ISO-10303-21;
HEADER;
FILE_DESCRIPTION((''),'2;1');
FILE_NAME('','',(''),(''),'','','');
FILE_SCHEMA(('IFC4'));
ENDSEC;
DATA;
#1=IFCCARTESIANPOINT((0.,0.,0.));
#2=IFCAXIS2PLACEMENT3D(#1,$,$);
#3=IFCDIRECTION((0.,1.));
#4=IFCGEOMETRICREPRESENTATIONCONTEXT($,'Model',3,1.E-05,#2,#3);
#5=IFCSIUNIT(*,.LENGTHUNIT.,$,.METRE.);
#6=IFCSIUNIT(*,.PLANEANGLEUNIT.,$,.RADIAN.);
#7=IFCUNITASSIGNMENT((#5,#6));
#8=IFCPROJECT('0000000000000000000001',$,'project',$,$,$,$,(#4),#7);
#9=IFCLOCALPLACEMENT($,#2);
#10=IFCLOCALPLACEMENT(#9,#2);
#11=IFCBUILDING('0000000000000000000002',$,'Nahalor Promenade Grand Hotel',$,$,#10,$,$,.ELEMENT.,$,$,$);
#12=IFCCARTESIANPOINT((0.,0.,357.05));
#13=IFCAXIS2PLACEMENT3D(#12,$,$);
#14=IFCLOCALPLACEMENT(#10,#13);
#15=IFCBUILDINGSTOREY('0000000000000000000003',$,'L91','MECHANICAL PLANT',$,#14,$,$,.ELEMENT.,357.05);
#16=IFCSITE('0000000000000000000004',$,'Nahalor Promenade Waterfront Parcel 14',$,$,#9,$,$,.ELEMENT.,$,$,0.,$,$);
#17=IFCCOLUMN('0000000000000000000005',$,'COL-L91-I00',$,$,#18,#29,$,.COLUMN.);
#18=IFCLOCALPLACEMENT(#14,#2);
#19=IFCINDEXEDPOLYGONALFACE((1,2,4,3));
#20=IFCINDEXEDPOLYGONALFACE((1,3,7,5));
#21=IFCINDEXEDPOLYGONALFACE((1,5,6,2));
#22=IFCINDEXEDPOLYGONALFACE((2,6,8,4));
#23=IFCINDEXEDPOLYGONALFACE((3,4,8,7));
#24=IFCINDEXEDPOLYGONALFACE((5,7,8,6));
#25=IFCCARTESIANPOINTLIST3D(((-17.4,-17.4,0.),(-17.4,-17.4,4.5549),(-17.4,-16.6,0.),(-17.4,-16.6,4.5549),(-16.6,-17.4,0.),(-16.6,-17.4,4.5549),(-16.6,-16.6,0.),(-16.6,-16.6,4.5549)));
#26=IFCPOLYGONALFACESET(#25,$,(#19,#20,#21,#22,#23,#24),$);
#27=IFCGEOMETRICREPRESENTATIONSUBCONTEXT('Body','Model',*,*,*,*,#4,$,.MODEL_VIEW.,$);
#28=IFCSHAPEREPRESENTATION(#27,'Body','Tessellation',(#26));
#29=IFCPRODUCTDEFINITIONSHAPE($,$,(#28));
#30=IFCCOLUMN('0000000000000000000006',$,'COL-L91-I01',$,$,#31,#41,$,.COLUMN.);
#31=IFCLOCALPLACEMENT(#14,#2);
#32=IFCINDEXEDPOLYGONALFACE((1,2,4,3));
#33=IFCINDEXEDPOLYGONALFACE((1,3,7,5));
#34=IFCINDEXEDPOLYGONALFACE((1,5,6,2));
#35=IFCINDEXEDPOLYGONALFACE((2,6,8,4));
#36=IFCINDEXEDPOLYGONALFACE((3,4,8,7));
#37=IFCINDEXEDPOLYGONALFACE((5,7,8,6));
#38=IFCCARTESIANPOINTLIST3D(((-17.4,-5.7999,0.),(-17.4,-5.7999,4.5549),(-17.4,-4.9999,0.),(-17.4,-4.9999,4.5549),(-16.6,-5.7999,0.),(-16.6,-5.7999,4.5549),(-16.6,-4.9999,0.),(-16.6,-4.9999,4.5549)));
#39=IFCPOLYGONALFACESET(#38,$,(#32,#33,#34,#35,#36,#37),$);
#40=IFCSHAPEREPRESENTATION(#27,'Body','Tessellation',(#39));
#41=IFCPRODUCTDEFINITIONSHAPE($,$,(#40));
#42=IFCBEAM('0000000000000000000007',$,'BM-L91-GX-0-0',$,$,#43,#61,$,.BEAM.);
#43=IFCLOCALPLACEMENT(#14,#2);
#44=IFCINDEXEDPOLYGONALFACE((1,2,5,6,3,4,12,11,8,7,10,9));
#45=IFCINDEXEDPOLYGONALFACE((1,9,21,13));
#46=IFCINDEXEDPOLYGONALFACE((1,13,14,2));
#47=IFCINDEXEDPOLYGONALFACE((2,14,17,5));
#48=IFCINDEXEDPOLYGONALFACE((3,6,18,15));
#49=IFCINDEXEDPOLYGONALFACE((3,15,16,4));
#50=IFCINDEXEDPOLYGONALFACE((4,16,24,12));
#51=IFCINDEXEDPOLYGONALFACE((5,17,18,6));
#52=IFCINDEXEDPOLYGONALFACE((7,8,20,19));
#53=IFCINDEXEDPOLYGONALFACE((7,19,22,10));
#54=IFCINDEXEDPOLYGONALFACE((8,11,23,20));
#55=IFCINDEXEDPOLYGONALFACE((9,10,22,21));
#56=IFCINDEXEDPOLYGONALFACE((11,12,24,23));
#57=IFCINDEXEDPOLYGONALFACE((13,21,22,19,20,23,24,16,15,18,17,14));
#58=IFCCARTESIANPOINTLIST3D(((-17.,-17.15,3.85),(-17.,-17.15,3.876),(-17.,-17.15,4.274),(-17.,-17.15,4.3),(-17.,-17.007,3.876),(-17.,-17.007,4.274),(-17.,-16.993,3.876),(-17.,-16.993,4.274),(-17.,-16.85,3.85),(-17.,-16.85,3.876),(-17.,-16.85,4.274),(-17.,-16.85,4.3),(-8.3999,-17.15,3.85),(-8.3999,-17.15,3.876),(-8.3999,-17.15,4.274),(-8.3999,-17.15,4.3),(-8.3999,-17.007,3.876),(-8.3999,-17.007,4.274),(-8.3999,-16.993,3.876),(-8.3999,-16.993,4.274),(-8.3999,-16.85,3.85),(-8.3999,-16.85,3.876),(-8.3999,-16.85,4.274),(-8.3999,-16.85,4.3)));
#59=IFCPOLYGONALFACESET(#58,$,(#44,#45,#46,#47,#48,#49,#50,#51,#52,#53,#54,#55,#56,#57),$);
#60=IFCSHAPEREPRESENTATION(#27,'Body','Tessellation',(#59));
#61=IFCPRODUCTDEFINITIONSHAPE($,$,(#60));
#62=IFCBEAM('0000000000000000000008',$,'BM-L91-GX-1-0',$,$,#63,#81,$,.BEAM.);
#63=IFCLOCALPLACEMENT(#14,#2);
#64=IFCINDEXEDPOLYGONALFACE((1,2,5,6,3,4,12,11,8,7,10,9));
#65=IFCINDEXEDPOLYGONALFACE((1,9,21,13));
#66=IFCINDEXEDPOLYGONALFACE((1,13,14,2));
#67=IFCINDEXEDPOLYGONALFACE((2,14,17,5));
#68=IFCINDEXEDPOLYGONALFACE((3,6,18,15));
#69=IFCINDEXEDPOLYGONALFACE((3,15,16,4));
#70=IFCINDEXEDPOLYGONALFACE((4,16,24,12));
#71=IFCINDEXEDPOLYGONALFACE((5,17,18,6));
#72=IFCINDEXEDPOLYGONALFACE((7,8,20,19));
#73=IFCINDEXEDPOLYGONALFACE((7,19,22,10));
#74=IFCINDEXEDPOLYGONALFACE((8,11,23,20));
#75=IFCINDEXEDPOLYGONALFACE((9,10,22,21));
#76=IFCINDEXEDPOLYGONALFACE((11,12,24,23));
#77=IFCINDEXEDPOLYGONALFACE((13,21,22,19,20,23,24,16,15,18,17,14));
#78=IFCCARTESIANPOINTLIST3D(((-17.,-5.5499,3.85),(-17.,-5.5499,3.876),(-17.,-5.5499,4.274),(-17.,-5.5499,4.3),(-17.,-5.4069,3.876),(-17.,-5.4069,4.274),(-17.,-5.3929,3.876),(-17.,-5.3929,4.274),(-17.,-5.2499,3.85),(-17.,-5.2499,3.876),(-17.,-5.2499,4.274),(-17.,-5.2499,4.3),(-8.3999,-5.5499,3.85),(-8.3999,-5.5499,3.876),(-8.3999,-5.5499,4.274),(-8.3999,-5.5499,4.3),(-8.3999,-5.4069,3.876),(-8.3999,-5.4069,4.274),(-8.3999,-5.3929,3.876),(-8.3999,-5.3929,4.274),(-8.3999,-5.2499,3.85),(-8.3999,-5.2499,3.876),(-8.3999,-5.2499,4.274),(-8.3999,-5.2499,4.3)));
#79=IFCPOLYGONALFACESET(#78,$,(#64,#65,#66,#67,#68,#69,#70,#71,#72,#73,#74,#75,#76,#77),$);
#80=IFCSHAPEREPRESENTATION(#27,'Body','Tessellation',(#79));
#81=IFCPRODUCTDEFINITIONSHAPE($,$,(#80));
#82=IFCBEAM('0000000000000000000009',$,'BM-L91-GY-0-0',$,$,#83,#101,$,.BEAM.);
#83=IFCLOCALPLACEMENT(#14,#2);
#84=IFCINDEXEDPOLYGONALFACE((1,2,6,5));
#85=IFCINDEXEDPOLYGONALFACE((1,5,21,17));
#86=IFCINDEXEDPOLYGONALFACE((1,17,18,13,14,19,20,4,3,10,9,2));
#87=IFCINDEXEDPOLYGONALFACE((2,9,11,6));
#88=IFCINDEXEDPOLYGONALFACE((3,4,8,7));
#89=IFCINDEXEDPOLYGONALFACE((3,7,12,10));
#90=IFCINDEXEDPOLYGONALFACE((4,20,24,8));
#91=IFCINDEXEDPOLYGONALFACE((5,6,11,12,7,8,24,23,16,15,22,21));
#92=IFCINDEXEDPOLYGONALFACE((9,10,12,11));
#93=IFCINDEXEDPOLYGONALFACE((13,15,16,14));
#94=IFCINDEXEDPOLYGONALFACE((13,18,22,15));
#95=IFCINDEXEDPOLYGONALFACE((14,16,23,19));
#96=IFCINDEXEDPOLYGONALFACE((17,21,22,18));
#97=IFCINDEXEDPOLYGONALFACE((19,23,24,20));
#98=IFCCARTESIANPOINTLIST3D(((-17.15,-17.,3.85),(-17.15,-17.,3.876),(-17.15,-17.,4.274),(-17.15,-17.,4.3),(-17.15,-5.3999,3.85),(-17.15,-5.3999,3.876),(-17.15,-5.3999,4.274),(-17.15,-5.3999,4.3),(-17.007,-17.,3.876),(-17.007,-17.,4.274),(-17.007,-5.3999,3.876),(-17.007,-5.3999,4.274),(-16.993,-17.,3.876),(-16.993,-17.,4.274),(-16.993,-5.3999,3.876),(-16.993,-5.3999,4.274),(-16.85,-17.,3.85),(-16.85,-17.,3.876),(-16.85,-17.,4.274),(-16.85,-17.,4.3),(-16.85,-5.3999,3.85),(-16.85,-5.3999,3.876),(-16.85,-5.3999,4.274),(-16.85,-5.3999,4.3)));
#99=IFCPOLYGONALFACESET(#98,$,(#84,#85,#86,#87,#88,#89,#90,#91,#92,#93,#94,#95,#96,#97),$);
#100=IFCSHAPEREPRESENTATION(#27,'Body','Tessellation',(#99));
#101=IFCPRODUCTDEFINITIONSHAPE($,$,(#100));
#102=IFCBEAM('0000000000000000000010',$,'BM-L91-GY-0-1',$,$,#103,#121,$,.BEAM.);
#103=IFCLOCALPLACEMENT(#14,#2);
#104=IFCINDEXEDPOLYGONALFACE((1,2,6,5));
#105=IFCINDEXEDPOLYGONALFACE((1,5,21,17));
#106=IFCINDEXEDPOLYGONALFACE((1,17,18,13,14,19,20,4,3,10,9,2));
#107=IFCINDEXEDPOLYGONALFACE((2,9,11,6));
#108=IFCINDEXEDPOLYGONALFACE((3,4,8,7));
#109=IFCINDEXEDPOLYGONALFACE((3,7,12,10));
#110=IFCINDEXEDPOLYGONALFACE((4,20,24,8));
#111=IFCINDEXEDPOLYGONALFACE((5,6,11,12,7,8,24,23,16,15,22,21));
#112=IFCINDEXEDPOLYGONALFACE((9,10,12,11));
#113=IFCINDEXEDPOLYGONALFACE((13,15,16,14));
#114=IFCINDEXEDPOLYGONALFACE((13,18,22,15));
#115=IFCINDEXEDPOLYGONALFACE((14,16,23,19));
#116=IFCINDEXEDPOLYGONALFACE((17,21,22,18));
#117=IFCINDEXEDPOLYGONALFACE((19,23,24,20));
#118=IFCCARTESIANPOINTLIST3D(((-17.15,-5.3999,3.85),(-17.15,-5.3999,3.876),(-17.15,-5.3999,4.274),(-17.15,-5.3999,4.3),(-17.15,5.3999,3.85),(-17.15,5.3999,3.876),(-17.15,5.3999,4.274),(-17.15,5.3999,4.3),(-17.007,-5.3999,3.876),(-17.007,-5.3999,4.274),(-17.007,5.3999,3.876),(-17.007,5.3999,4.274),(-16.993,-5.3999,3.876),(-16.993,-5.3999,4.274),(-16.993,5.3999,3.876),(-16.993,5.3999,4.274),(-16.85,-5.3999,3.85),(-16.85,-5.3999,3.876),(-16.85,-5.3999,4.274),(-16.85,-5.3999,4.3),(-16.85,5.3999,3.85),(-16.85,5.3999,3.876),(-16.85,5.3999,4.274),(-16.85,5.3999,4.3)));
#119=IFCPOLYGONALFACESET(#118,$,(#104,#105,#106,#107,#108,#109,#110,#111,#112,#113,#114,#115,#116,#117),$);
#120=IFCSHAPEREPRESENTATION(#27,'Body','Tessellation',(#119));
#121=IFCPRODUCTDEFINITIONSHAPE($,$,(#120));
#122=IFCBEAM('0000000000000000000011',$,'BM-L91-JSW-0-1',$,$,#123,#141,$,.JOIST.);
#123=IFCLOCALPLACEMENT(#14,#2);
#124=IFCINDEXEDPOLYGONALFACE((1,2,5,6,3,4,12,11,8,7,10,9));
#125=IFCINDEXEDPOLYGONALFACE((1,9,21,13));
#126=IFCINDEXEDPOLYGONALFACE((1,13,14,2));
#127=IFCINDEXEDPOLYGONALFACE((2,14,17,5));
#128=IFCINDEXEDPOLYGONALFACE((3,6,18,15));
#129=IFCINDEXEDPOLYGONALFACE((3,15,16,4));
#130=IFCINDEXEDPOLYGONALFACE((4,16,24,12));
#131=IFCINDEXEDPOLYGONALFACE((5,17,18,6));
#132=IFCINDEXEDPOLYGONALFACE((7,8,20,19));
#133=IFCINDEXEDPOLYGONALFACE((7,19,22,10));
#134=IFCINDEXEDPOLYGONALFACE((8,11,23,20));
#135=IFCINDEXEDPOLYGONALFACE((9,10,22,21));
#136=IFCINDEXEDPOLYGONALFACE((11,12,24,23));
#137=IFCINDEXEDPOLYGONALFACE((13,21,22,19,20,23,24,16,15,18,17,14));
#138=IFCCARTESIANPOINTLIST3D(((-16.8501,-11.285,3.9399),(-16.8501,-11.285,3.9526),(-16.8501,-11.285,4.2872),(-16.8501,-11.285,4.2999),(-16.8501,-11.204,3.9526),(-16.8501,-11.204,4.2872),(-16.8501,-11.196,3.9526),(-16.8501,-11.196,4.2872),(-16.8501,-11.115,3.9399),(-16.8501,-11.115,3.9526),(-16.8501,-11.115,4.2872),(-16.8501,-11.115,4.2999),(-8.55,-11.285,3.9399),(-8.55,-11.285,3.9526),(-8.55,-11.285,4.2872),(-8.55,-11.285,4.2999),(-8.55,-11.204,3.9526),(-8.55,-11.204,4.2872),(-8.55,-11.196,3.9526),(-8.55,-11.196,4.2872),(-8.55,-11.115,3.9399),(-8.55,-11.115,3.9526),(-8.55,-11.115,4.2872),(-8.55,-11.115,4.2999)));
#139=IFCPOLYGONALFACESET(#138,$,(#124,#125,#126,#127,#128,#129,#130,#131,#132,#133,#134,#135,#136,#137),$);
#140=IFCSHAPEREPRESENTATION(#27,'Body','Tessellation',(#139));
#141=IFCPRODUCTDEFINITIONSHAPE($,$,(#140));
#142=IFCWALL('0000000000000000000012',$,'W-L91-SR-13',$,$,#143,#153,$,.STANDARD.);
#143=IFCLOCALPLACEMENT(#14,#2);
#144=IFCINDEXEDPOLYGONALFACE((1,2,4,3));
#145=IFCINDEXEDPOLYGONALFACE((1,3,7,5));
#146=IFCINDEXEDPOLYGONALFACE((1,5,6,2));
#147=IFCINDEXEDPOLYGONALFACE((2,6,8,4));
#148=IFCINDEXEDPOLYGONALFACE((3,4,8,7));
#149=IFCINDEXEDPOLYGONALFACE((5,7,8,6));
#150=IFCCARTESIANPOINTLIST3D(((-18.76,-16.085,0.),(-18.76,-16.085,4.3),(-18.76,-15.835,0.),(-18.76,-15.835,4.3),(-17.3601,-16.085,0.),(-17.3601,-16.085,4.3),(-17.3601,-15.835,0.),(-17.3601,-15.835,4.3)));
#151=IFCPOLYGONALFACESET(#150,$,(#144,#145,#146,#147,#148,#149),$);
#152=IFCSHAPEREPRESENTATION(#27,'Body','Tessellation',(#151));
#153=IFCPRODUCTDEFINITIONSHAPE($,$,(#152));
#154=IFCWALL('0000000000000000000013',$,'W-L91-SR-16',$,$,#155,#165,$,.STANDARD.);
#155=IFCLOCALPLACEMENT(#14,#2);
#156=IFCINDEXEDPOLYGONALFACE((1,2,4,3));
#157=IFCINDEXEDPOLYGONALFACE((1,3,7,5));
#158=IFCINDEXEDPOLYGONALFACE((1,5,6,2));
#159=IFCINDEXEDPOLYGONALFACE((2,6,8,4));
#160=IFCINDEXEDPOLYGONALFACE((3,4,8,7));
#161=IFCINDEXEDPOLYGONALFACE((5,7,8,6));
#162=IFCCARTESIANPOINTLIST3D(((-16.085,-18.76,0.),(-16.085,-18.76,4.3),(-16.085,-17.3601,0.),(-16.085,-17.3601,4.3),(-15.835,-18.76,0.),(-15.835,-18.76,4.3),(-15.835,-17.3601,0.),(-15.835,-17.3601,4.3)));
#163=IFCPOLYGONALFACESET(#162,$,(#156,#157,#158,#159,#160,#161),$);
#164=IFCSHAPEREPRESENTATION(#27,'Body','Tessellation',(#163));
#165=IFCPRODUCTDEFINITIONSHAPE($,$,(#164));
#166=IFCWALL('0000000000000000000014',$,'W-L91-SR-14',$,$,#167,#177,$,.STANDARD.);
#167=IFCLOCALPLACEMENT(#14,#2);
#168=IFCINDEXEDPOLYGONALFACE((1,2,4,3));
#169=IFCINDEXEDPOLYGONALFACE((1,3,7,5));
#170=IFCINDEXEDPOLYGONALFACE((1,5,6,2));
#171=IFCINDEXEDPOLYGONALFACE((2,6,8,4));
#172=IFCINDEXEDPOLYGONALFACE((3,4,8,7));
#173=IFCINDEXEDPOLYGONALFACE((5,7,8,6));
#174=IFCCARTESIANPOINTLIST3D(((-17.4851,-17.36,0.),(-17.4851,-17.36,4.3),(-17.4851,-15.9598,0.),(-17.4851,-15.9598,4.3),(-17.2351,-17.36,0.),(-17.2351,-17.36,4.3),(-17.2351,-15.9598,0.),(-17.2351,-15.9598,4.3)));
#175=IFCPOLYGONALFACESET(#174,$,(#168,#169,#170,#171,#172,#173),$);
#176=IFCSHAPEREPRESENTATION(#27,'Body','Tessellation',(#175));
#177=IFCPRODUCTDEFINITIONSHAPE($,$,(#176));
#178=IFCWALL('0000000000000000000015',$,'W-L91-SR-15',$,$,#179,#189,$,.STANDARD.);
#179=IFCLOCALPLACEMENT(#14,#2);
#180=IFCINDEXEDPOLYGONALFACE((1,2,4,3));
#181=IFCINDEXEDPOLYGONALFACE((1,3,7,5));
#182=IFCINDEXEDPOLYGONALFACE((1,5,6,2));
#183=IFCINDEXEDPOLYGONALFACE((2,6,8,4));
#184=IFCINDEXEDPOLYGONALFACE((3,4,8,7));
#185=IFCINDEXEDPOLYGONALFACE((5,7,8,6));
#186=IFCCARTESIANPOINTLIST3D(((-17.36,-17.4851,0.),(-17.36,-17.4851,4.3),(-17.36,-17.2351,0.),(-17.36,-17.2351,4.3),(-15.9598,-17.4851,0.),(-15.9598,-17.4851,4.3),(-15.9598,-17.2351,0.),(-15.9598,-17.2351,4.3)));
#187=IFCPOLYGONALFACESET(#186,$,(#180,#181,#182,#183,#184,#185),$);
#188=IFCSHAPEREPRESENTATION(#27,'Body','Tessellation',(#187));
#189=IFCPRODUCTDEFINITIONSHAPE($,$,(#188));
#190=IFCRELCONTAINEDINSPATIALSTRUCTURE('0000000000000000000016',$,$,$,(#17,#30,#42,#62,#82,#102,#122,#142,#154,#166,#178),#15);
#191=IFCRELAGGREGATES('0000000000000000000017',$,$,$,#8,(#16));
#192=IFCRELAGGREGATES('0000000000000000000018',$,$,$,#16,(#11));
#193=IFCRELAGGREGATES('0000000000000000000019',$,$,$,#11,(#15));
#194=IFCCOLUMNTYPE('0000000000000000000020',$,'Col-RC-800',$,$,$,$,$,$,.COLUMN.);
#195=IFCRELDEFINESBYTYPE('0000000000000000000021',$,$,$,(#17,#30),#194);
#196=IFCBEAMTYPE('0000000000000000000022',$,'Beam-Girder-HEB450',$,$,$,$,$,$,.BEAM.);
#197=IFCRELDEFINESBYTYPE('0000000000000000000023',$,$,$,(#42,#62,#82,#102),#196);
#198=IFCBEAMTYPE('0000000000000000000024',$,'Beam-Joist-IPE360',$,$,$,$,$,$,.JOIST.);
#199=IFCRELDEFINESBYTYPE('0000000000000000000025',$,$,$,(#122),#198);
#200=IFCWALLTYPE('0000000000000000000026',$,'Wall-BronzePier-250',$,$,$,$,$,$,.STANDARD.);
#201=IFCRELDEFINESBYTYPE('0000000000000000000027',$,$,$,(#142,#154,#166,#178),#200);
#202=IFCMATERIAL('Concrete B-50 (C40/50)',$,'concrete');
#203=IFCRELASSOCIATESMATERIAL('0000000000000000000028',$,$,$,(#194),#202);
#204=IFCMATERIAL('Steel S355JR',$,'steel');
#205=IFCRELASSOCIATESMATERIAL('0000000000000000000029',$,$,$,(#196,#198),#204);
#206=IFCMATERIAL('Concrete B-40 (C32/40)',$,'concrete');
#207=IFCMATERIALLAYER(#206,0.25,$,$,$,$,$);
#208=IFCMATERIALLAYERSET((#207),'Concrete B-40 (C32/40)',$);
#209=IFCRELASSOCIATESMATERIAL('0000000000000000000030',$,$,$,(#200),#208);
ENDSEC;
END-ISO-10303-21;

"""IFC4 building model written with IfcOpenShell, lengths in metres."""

from ifc_helpers import new_model, si_unit, direction, frame, frame_2d, origin, origin_2d, place, context, subcontext, project, spatial, rectangle, i_section, extrude, source, transform, mapped, material, layer, layer_set, material_profile, profile_set, type_object, element, save


model = new_model("IFC4")

# Units and contexts
model_context = context("Model", 3, precision=1e-05, world=origin(), true_north=direction((0.0, 1.0)))
body_context = subcontext(model_context, "Body", "Model", "MODEL_VIEW")
ifc_project = project(units=[si_unit("LENGTHUNIT", "METRE"), si_unit("PLANEANGLEUNIT", "RADIAN")], contexts=[model_context])

# Site, building, storey
site_placement = place(None, origin())
site = spatial("IfcSite", under=ifc_project, at=site_placement, Name="Nahalor Promenade Waterfront Parcel 14", CompositionType="ELEMENT", RefElevation=0.0)
building_placement = place(site_placement, origin())
building = spatial("IfcBuilding", under=site, at=building_placement, Name="Nahalor Promenade Grand Hotel", CompositionType="ELEMENT")
storey_placement = place(building_placement, frame((0.0, 0.0, 357.05)))
storey = spatial("IfcBuildingStorey", under=building, at=storey_placement, Name="L91", Description="MECHANICAL PLANT", CompositionType="ELEMENT", Elevation=357.05)

# Columns
ifc_material_1 = material(Name="Concrete B-50 (C40/50)", Category="concrete")
ifc_material_profile_1 = material_profile(ifc_material_1, rectangle(XDim=0.8, YDim=0.8, at=origin_2d()), Name="RC 800x800")
ifc_profile_set_1 = profile_set([ifc_material_profile_1], Name="Concrete B-50 (C40/50)")
column_type = type_object("IfcColumnType", Name="Col-RC-800", PredefinedType="COLUMN", material=ifc_profile_set_1)
shared_shape_1 = source(origin(), body_context, "Body", "SweptSolid", [
    extrude(rectangle(XDim=0.8, YDim=0.8, at=origin_2d()), origin(), (0.0, 0.0, 1.0), 4.5549),
])
for number, where, z_axis, x_axis, name in (
    (1, (-17.0, -17.0, 0.0), (0.0, 0.0, 1.0), (1.0, 0.0, 0.0), "COL-L91-I00"),
    (2, (-17.0, -5.3999, 0.0), (0.0, 0.0, 1.0), (1.0, 0.0, 0.0), "COL-L91-I01"),
):
    element("IfcColumn", number, at=place(storey_placement, frame(where, z_axis=z_axis, x_axis=x_axis)), inside=storey, type_object=column_type, Name=name, PredefinedType="COLUMN", context=body_context, shape_type="MappedRepresentation", body=[
        mapped(shared_shape_1, transform((0.0, 0.0, 0.0), scale=1.0)),
    ])

# Beams
ifc_material_2 = material(Name="Steel S355JR", Category="steel")
ifc_material_profile_2 = material_profile(ifc_material_2, i_section(OverallWidth=0.3, OverallDepth=0.45, WebThickness=0.014, FlangeThickness=0.026, at=origin_2d()), Name="HEB 450")
ifc_profile_set_2 = profile_set([ifc_material_profile_2], Name="Steel S355JR")
beam_type_1 = type_object("IfcBeamType", Name="Beam-Girder-HEB450", PredefinedType="BEAM", material=ifc_profile_set_2)
shared_shape_2 = source(origin(), body_context, "Body", "SweptSolid", [
    extrude(i_section(OverallWidth=0.3, OverallDepth=0.45, WebThickness=0.014, FlangeThickness=0.026, at=origin_2d()), origin(), (0.0, 0.0, 1.0), 8.6001),
])
for number, where, z_axis, x_axis, name in (
    (3, (-17.0, -17.0, 4.075), (1.0, 0.0, 0.0), (0.0, 1.0, 0.0), "BM-L91-GX-0-0"),
    (4, (-17.0, -5.3999, 4.075), (1.0, 0.0, 0.0), (0.0, 1.0, 0.0), "BM-L91-GX-1-0"),
):
    element("IfcBeam", number, at=place(storey_placement, frame(where, z_axis=z_axis, x_axis=x_axis)), inside=storey, type_object=beam_type_1, Name=name, PredefinedType="BEAM", context=body_context, shape_type="MappedRepresentation", body=[
        mapped(shared_shape_2, transform((0.0, 0.0, 0.0), scale=1.0)),
    ])
shared_shape_3 = source(origin(), body_context, "Body", "SweptSolid", [
    extrude(i_section(OverallWidth=0.3, OverallDepth=0.45, WebThickness=0.014, FlangeThickness=0.026, at=origin_2d()), origin(), (0.0, 0.0, 1.0), 11.6001),
])
beam_1_placement = place(storey_placement, frame((-17.0, -17.0, 4.075), z_axis=(0.0, 1.0, 0.0), x_axis=(-1.0, 0.0, 0.0)))
element("IfcBeam", 5, at=beam_1_placement, inside=storey, type_object=beam_type_1, Name="BM-L91-GY-0-0", PredefinedType="BEAM", context=body_context, shape_type="MappedRepresentation", body=[
    mapped(shared_shape_3, transform((0.0, 0.0, 0.0), scale=1.0)),
])
shared_shape_4 = source(origin(), body_context, "Body", "SweptSolid", [
    extrude(i_section(OverallWidth=0.3, OverallDepth=0.45, WebThickness=0.014, FlangeThickness=0.026, at=origin_2d()), origin(), (0.0, 0.0, 1.0), 10.7998),
])
beam_2_placement = place(storey_placement, frame((-17.0, -5.3999, 4.075), z_axis=(0.0, 1.0, 0.0), x_axis=(-1.0, 0.0, 0.0)))
element("IfcBeam", 6, at=beam_2_placement, inside=storey, type_object=beam_type_1, Name="BM-L91-GY-0-1", PredefinedType="BEAM", context=body_context, shape_type="MappedRepresentation", body=[
    mapped(shared_shape_4, transform((0.0, 0.0, 0.0), scale=1.0)),
])
ifc_material_profile_3 = material_profile(ifc_material_2, i_section(OverallWidth=0.17, OverallDepth=0.36, WebThickness=0.008, FlangeThickness=0.0127, at=origin_2d()), Name="IPE 360")
ifc_profile_set_3 = profile_set([ifc_material_profile_3], Name="Steel S355JR")
beam_type_2 = type_object("IfcBeamType", Name="Beam-Joist-IPE360", PredefinedType="JOIST", material=ifc_profile_set_3)
shared_shape_5 = source(origin(), body_context, "Body", "SweptSolid", [
    extrude(i_section(OverallWidth=0.17, OverallDepth=0.36, WebThickness=0.008, FlangeThickness=0.0127, at=origin_2d()), origin(), (0.0, 0.0, 1.0), 8.3),
])
beam_3_placement = place(storey_placement, frame((-16.8501, -11.2, 4.1199), z_axis=(1.0, 0.0, 0.0), x_axis=(0.0, 1.0, 0.0)))
element("IfcBeam", 7, at=beam_3_placement, inside=storey, type_object=beam_type_2, Name="BM-L91-JSW-0-1", PredefinedType="JOIST", context=body_context, shape_type="MappedRepresentation", body=[
    mapped(shared_shape_5, transform((0.0, 0.0, 0.0), scale=1.0)),
])

# Walls
ifc_material_3 = material(Name="Concrete B-40 (C32/40)", Category="concrete")
ifc_layer_1 = layer(ifc_material_3, 0.25)
ifc_layer_set_1 = layer_set([ifc_layer_1], Name="Concrete B-40 (C32/40)")
wall_type_1 = type_object("IfcWallType", Name="Wall-BronzePier-250", PredefinedType="STANDARD", material=ifc_layer_set_1)
shared_shape_6 = source(origin(), body_context, "Body", "SweptSolid", [
    extrude(rectangle(XDim=1.3999, YDim=0.25, at=frame_2d((0.7, 0.0))), origin(), (0.0, 0.0, 1.0), 4.3),
])
for number, where, z_axis, x_axis, name in (
    (8, (-18.76, -15.96, 0.0), (0.0, 0.0, 1.0), (1.0, 0.0, 0.0), "W-L91-SR-13"),
    (9, (-15.96, -18.76, 0.0), (0.0, 0.0, 1.0), (0.0, 1.0, 0.0), "W-L91-SR-16"),
):
    element("IfcWall", number, at=place(storey_placement, frame(where, z_axis=z_axis, x_axis=x_axis)), inside=storey, type_object=wall_type_1, Name=name, PredefinedType="STANDARD", context=body_context, shape_type="MappedRepresentation", body=[
        mapped(shared_shape_6, transform((0.0, 0.0, 0.0), scale=1.0)),
    ])
shared_shape_7 = source(origin(), body_context, "Body", "SweptSolid", [
    extrude(rectangle(XDim=1.4001, YDim=0.25, at=frame_2d((0.7002, 0.0))), origin(), (0.0, 0.0, 1.0), 4.3),
])
for number, where, z_axis, x_axis, name in (
    (10, (-17.3601, -17.3601, 0.0), (0.0, 0.0, 1.0), (0.0, 1.0, 0.0), "W-L91-SR-14"),
    (11, (-17.3601, -17.3601, 0.0), (0.0, 0.0, 1.0), (1.0, 0.0, 0.0), "W-L91-SR-15"),
):
    element("IfcWall", number, at=place(storey_placement, frame(where, z_axis=z_axis, x_axis=x_axis)), inside=storey, type_object=wall_type_1, Name=name, PredefinedType="STANDARD", context=body_context, shape_type="MappedRepresentation", body=[
        mapped(shared_shape_7, transform((0.0, 0.0, 0.0), scale=1.0)),
    ])

save(model, "model.ifc")
